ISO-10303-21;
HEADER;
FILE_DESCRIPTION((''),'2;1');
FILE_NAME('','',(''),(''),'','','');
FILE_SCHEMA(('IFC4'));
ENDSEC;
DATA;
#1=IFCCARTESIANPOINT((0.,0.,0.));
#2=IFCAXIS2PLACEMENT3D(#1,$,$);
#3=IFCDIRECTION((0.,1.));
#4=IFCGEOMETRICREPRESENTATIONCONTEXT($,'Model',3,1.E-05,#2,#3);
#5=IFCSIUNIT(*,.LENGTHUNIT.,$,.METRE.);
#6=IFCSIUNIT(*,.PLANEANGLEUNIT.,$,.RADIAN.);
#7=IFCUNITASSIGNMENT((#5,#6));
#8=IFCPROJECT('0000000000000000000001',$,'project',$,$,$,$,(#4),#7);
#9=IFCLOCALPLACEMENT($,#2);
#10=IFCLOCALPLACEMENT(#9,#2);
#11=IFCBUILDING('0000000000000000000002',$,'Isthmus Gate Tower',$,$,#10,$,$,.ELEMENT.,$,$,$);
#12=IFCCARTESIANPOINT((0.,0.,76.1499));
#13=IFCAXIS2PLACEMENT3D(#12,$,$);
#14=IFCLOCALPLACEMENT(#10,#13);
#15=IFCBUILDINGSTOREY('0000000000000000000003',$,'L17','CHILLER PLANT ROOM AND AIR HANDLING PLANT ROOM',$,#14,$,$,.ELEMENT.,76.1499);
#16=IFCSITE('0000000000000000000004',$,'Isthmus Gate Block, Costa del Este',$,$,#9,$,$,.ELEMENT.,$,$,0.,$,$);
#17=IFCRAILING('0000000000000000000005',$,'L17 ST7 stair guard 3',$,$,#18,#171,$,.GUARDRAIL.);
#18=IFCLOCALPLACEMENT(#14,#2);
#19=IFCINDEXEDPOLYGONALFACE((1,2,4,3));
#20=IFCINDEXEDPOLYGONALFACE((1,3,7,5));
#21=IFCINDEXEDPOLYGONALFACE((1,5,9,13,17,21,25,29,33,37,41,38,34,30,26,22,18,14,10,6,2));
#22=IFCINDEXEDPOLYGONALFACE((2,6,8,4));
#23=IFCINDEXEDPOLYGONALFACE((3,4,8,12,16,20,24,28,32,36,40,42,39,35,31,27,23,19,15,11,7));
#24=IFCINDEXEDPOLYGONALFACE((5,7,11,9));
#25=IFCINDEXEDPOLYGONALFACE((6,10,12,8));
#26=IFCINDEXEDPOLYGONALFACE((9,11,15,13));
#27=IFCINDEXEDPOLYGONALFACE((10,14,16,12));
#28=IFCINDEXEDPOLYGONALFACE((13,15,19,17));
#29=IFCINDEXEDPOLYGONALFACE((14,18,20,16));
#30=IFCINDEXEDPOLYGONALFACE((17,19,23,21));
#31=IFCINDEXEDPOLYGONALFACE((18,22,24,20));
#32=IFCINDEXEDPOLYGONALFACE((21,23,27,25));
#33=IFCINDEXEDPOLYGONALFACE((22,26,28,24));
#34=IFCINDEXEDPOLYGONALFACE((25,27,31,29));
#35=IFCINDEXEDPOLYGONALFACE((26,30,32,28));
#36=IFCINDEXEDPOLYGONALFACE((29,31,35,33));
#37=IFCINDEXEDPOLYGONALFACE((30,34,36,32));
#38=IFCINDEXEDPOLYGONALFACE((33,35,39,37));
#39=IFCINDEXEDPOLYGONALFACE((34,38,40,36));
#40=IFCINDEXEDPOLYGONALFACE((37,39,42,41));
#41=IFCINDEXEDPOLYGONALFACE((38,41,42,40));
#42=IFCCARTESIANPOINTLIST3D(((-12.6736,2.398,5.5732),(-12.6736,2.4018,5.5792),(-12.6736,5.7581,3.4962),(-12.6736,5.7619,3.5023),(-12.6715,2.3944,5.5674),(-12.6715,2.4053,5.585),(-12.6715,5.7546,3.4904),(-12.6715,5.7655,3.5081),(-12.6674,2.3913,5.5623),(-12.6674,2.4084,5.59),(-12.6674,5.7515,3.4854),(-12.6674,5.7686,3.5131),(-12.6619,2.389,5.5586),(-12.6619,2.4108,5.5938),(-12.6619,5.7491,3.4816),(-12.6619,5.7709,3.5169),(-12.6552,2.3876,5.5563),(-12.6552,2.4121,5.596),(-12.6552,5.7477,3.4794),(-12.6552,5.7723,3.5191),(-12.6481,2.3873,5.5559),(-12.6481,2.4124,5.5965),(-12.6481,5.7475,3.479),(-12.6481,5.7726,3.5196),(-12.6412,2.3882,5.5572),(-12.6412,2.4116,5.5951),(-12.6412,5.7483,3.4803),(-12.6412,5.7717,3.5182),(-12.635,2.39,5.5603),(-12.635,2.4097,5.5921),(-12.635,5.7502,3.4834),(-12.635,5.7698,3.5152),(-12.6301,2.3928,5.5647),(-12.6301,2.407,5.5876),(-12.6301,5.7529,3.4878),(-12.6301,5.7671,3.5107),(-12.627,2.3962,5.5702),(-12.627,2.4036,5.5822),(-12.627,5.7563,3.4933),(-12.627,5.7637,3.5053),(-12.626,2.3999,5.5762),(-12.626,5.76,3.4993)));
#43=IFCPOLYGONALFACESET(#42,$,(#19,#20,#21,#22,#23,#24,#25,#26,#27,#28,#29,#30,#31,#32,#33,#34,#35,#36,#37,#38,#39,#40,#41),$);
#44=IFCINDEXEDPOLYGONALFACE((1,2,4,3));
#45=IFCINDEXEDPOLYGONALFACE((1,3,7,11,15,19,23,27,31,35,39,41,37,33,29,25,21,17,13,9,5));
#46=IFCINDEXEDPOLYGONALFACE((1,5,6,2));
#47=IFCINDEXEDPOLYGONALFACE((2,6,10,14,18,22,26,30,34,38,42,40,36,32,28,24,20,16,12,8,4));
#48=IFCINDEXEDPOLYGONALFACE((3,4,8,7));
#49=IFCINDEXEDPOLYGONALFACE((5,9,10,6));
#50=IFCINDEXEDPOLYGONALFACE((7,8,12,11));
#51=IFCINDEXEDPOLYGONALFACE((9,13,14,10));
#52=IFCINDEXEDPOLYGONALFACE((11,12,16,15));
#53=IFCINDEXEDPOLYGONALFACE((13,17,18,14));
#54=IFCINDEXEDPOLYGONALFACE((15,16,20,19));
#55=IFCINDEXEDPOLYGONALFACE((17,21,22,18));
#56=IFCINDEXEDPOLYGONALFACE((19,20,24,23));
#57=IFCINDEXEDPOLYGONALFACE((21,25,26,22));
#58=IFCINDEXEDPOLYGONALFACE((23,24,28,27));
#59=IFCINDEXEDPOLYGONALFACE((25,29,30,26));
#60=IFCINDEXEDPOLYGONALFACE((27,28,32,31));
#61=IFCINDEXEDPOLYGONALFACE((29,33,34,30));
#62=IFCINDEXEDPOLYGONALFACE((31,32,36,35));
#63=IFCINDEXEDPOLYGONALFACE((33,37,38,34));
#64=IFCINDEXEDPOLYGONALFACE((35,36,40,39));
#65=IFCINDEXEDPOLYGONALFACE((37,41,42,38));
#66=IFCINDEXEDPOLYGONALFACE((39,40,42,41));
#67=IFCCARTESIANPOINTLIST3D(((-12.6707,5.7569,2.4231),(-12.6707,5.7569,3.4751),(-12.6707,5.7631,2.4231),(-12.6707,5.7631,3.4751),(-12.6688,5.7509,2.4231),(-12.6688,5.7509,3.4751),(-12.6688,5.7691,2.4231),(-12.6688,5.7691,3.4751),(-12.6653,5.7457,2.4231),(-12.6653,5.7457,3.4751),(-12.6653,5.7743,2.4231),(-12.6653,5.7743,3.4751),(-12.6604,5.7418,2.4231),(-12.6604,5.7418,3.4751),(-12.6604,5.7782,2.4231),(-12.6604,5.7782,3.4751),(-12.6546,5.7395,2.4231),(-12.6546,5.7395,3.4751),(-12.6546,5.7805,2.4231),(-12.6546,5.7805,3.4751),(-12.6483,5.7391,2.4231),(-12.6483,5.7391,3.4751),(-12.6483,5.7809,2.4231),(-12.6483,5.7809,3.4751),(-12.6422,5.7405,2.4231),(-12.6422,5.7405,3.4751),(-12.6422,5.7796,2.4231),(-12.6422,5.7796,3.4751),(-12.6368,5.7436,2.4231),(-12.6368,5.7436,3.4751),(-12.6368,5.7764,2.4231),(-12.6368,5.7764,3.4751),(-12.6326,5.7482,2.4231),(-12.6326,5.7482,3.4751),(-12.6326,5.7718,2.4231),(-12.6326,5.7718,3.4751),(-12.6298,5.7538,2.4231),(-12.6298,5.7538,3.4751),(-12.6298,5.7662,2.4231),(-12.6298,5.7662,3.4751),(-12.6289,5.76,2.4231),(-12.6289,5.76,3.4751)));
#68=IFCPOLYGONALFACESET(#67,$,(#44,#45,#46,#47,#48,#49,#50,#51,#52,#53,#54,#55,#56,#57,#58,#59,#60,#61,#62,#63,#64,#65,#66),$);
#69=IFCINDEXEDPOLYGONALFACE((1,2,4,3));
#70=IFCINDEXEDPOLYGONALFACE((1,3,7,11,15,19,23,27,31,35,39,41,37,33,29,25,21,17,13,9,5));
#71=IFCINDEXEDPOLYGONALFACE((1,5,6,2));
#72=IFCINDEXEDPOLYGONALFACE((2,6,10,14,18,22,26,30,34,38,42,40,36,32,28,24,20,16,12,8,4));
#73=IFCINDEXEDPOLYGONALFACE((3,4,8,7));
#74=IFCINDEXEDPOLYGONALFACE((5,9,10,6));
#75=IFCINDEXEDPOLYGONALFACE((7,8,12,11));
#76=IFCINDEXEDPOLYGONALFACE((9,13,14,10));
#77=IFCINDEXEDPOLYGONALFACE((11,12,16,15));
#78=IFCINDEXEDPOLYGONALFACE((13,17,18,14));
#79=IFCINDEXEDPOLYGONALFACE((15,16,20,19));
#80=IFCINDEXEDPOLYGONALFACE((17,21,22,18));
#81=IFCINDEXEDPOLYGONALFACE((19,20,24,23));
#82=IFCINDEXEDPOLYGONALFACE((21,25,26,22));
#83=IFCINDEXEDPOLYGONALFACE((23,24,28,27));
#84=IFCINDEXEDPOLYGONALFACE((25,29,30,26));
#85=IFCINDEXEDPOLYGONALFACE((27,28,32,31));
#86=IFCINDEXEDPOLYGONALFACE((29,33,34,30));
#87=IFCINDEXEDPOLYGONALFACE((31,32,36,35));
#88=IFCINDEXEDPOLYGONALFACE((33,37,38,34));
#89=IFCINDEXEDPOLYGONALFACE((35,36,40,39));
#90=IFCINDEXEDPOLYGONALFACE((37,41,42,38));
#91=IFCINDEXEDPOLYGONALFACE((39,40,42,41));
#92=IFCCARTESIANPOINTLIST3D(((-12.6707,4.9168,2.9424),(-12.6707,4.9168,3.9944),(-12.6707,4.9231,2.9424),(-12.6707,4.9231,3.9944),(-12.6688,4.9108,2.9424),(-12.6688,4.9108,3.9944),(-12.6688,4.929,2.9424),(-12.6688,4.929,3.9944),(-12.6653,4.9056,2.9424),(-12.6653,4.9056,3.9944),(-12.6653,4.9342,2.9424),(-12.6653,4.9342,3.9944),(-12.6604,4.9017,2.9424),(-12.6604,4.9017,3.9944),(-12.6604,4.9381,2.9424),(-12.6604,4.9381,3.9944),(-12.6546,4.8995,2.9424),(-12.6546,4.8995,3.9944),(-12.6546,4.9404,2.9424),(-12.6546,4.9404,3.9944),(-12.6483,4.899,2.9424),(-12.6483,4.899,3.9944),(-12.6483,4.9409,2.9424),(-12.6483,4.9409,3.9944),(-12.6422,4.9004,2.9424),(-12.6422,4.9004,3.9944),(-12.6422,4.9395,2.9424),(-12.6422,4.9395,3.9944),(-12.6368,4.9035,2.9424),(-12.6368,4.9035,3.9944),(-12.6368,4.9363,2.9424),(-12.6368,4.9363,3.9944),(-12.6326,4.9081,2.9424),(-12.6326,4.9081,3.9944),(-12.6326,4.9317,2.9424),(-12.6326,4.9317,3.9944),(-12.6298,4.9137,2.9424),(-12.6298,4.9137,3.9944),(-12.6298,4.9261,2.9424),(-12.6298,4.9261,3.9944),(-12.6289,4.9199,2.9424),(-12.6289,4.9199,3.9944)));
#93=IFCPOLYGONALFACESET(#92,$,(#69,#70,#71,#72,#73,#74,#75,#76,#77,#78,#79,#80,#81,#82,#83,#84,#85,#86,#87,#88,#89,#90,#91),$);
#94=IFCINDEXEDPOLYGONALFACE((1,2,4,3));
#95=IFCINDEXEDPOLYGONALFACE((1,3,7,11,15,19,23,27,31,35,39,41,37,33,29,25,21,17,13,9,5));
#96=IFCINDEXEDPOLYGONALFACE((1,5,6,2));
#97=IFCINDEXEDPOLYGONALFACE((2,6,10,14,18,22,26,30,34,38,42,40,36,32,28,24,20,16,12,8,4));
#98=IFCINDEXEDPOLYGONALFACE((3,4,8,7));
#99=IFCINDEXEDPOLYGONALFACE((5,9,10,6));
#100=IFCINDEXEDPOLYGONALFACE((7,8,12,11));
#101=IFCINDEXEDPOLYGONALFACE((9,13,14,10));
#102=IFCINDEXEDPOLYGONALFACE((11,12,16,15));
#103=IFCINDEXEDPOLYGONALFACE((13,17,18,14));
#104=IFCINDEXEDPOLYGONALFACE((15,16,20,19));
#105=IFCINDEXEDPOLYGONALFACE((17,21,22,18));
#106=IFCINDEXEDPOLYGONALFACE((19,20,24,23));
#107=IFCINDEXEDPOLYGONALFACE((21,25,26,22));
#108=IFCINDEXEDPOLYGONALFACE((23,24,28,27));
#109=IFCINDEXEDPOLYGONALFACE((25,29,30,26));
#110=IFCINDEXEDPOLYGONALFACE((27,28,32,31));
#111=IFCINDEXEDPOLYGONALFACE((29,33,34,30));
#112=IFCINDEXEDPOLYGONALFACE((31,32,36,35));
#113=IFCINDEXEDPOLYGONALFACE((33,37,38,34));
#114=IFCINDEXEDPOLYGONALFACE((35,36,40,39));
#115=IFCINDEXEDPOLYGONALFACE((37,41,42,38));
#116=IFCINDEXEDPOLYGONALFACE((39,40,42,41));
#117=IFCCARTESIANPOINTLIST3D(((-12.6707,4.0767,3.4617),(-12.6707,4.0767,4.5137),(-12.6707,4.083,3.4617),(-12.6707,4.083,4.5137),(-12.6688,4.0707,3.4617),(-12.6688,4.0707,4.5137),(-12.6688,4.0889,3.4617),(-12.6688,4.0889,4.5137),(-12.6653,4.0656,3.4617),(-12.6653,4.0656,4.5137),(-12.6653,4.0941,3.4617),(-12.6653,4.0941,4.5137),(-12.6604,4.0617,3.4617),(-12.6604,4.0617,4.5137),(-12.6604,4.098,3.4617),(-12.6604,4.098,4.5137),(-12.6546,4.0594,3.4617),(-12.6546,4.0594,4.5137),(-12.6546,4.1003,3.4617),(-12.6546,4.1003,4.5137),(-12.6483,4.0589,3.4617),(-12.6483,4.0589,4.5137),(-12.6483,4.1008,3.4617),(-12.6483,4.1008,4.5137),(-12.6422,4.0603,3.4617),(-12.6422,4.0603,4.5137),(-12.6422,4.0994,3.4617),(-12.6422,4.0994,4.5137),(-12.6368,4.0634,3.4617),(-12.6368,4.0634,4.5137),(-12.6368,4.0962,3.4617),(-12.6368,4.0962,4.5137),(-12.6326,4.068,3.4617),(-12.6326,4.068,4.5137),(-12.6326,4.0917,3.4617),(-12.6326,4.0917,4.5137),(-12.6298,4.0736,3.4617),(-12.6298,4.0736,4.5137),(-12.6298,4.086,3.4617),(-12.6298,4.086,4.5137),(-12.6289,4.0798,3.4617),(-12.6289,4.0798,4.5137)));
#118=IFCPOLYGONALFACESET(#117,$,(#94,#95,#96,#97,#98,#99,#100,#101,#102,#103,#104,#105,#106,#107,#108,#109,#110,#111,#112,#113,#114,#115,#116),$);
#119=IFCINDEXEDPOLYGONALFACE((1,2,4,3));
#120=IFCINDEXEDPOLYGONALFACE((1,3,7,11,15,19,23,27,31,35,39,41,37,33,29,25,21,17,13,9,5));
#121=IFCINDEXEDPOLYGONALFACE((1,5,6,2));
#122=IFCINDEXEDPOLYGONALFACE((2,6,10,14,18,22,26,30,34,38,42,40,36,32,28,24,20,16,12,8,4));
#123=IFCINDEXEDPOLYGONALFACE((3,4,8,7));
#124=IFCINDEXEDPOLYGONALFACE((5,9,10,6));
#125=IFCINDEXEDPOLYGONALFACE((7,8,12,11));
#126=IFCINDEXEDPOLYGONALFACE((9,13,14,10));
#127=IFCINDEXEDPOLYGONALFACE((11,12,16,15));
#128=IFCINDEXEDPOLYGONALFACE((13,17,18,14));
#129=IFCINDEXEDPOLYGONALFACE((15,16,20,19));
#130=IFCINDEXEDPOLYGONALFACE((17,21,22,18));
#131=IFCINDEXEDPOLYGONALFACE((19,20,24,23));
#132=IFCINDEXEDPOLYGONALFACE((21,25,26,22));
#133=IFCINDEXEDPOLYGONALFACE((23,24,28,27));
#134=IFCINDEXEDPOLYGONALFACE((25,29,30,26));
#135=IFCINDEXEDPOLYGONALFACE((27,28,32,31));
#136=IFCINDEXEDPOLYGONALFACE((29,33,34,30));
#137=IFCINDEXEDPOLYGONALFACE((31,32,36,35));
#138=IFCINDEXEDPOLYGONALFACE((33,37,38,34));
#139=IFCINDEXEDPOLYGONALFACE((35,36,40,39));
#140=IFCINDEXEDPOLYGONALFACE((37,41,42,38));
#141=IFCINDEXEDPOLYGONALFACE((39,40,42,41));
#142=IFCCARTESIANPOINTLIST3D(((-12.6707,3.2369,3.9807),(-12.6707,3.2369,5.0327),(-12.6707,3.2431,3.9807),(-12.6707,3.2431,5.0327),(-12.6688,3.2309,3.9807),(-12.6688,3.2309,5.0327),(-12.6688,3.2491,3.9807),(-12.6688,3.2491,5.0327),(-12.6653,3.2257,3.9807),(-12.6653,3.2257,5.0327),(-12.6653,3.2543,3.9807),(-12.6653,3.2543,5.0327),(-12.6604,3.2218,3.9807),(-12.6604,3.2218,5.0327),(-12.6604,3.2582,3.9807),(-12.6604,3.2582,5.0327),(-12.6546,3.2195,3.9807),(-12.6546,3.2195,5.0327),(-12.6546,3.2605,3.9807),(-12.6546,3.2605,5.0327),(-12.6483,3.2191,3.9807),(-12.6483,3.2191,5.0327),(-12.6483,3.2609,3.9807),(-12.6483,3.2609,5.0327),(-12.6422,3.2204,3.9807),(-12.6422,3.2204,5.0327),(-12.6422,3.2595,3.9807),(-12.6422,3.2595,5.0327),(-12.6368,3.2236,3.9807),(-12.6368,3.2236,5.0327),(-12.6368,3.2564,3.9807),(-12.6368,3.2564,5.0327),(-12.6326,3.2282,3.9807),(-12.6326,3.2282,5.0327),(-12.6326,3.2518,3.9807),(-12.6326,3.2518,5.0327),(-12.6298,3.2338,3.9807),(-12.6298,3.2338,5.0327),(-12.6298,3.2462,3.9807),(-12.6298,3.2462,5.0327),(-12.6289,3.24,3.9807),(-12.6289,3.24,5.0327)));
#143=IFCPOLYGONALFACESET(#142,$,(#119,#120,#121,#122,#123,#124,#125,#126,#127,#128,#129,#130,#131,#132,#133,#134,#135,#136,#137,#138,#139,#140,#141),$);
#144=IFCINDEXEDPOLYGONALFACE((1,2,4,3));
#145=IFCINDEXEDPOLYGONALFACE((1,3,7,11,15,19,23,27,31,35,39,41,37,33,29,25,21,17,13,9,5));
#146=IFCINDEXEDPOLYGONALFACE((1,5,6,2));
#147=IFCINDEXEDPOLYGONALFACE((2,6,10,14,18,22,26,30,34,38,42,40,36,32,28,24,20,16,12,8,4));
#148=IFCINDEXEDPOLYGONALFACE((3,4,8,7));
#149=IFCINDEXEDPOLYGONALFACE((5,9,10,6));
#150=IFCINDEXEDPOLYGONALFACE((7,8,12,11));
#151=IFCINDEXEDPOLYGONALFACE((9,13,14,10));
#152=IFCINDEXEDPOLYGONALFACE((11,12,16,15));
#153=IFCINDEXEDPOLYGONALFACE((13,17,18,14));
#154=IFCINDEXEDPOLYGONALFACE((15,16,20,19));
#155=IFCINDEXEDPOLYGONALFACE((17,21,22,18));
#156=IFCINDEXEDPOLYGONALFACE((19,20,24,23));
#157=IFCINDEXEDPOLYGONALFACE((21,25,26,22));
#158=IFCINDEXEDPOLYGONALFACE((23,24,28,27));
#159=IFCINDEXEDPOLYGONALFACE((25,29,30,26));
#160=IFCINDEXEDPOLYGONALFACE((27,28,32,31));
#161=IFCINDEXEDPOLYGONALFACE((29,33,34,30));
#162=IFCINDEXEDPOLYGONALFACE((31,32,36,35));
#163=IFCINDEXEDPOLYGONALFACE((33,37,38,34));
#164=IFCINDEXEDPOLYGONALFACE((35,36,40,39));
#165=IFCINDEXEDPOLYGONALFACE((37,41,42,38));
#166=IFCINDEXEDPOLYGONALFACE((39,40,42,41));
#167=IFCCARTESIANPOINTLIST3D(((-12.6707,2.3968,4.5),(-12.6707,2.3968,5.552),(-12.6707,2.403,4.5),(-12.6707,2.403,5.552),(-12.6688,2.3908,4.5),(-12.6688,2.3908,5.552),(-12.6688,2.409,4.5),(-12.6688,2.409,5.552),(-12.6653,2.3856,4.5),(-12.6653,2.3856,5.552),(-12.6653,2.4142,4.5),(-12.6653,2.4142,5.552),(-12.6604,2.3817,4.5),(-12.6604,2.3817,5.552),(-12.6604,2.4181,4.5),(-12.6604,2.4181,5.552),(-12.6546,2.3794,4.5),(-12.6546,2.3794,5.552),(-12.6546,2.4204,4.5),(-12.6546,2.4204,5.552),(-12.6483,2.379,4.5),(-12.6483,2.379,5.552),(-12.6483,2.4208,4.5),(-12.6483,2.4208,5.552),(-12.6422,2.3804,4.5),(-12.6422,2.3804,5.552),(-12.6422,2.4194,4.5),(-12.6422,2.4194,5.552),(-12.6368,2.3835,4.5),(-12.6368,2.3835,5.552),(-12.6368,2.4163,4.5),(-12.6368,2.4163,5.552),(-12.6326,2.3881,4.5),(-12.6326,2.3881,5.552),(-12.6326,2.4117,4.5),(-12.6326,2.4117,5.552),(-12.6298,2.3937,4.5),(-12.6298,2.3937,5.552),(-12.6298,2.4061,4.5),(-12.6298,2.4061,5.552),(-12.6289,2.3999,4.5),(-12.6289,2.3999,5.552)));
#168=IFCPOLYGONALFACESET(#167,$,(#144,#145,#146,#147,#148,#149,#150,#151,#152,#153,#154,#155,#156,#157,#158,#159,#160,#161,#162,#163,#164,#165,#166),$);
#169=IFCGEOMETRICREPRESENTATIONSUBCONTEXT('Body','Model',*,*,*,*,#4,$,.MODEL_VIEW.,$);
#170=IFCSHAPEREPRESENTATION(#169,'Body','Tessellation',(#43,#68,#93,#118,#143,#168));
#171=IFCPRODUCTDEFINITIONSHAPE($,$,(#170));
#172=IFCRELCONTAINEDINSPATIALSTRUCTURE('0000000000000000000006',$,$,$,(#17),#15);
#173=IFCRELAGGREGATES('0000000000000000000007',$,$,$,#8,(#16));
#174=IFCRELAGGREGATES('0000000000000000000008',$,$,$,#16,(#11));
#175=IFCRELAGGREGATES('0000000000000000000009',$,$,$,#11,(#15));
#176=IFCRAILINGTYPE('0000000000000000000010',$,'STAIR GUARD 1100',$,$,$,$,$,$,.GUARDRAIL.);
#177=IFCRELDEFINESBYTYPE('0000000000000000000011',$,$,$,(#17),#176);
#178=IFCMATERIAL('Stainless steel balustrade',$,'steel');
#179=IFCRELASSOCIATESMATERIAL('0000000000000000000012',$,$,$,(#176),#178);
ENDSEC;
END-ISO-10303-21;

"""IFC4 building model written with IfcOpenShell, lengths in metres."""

from ifc_helpers import new_model, si_unit, direction, frame, origin, origin_2d, place, context, subcontext, project, spatial, circle, extrude, material, type_object, element, save


model = new_model("IFC4")

# Units and contexts
model_context = context("Model", 3, precision=1e-05, world=origin(), true_north=direction((0.0, 1.0)))
body_context = subcontext(model_context, "Body", "Model", "MODEL_VIEW")
ifc_project = project(units=[si_unit("LENGTHUNIT", "METRE"), si_unit("PLANEANGLEUNIT", "RADIAN")], contexts=[model_context])

# Site, building, storey
site_placement = place(None, origin())
site = spatial("IfcSite", under=ifc_project, at=site_placement, Name="Isthmus Gate Block, Costa del Este", CompositionType="ELEMENT", RefElevation=0.0)
building_placement = place(site_placement, origin())
building = spatial("IfcBuilding", under=site, at=building_placement, Name="Isthmus Gate Tower", CompositionType="ELEMENT")
storey_placement = place(building_placement, frame((0.0, 0.0, 76.1499)))
storey = spatial("IfcBuildingStorey", under=building, at=storey_placement, Name="L17", Description="CHILLER PLANT ROOM AND AIR HANDLING PLANT ROOM", CompositionType="ELEMENT", Elevation=76.1499)

# Railing
ifc_material_1 = material(Name="Stainless steel balustrade", Category="steel")
railing_type_1 = type_object("IfcRailingType", Name="STAIR GUARD 1100", PredefinedType="GUARDRAIL", material=ifc_material_1)
railing_1_placement = place(storey_placement, frame((-12.6499, 5.76, 2.4231)))
element("IfcRailing", 1, at=railing_1_placement, inside=storey, type_object=railing_type_1, Name="L17 ST7 stair guard 3", PredefinedType="GUARDRAIL", context=body_context, shape_type="SweptSolid", body=[
    extrude(circle(Radius=0.0239, at=origin_2d()), frame((0.0, 0.0, 1.0762), z_axis=(0.0, -0.850623, 0.525776), x_axis=(1.0, 0.0, 0.0)), (0.0, 0.0, 1.0), 3.9502),
    extrude(circle(Radius=0.021, at=origin_2d()), origin(), (0.0, 0.0, 1.0), 1.052),
    extrude(circle(Radius=0.021, at=origin_2d()), frame((0.0, -0.8401, 0.5193)), (0.0, 0.0, 1.0), 1.052),
    extrude(circle(Radius=0.021, at=origin_2d()), frame((0.0, -1.6802, 1.0386)), (0.0, 0.0, 1.0), 1.052),
    extrude(circle(Radius=0.021, at=origin_2d()), frame((0.0, -2.52, 1.5576)), (0.0, 0.0, 1.0), 1.052),
    extrude(circle(Radius=0.021, at=origin_2d()), frame((0.0, -3.3601, 2.0769)), (0.0, 0.0, 1.0), 1.052),
])

save(model, "model.ifc")
